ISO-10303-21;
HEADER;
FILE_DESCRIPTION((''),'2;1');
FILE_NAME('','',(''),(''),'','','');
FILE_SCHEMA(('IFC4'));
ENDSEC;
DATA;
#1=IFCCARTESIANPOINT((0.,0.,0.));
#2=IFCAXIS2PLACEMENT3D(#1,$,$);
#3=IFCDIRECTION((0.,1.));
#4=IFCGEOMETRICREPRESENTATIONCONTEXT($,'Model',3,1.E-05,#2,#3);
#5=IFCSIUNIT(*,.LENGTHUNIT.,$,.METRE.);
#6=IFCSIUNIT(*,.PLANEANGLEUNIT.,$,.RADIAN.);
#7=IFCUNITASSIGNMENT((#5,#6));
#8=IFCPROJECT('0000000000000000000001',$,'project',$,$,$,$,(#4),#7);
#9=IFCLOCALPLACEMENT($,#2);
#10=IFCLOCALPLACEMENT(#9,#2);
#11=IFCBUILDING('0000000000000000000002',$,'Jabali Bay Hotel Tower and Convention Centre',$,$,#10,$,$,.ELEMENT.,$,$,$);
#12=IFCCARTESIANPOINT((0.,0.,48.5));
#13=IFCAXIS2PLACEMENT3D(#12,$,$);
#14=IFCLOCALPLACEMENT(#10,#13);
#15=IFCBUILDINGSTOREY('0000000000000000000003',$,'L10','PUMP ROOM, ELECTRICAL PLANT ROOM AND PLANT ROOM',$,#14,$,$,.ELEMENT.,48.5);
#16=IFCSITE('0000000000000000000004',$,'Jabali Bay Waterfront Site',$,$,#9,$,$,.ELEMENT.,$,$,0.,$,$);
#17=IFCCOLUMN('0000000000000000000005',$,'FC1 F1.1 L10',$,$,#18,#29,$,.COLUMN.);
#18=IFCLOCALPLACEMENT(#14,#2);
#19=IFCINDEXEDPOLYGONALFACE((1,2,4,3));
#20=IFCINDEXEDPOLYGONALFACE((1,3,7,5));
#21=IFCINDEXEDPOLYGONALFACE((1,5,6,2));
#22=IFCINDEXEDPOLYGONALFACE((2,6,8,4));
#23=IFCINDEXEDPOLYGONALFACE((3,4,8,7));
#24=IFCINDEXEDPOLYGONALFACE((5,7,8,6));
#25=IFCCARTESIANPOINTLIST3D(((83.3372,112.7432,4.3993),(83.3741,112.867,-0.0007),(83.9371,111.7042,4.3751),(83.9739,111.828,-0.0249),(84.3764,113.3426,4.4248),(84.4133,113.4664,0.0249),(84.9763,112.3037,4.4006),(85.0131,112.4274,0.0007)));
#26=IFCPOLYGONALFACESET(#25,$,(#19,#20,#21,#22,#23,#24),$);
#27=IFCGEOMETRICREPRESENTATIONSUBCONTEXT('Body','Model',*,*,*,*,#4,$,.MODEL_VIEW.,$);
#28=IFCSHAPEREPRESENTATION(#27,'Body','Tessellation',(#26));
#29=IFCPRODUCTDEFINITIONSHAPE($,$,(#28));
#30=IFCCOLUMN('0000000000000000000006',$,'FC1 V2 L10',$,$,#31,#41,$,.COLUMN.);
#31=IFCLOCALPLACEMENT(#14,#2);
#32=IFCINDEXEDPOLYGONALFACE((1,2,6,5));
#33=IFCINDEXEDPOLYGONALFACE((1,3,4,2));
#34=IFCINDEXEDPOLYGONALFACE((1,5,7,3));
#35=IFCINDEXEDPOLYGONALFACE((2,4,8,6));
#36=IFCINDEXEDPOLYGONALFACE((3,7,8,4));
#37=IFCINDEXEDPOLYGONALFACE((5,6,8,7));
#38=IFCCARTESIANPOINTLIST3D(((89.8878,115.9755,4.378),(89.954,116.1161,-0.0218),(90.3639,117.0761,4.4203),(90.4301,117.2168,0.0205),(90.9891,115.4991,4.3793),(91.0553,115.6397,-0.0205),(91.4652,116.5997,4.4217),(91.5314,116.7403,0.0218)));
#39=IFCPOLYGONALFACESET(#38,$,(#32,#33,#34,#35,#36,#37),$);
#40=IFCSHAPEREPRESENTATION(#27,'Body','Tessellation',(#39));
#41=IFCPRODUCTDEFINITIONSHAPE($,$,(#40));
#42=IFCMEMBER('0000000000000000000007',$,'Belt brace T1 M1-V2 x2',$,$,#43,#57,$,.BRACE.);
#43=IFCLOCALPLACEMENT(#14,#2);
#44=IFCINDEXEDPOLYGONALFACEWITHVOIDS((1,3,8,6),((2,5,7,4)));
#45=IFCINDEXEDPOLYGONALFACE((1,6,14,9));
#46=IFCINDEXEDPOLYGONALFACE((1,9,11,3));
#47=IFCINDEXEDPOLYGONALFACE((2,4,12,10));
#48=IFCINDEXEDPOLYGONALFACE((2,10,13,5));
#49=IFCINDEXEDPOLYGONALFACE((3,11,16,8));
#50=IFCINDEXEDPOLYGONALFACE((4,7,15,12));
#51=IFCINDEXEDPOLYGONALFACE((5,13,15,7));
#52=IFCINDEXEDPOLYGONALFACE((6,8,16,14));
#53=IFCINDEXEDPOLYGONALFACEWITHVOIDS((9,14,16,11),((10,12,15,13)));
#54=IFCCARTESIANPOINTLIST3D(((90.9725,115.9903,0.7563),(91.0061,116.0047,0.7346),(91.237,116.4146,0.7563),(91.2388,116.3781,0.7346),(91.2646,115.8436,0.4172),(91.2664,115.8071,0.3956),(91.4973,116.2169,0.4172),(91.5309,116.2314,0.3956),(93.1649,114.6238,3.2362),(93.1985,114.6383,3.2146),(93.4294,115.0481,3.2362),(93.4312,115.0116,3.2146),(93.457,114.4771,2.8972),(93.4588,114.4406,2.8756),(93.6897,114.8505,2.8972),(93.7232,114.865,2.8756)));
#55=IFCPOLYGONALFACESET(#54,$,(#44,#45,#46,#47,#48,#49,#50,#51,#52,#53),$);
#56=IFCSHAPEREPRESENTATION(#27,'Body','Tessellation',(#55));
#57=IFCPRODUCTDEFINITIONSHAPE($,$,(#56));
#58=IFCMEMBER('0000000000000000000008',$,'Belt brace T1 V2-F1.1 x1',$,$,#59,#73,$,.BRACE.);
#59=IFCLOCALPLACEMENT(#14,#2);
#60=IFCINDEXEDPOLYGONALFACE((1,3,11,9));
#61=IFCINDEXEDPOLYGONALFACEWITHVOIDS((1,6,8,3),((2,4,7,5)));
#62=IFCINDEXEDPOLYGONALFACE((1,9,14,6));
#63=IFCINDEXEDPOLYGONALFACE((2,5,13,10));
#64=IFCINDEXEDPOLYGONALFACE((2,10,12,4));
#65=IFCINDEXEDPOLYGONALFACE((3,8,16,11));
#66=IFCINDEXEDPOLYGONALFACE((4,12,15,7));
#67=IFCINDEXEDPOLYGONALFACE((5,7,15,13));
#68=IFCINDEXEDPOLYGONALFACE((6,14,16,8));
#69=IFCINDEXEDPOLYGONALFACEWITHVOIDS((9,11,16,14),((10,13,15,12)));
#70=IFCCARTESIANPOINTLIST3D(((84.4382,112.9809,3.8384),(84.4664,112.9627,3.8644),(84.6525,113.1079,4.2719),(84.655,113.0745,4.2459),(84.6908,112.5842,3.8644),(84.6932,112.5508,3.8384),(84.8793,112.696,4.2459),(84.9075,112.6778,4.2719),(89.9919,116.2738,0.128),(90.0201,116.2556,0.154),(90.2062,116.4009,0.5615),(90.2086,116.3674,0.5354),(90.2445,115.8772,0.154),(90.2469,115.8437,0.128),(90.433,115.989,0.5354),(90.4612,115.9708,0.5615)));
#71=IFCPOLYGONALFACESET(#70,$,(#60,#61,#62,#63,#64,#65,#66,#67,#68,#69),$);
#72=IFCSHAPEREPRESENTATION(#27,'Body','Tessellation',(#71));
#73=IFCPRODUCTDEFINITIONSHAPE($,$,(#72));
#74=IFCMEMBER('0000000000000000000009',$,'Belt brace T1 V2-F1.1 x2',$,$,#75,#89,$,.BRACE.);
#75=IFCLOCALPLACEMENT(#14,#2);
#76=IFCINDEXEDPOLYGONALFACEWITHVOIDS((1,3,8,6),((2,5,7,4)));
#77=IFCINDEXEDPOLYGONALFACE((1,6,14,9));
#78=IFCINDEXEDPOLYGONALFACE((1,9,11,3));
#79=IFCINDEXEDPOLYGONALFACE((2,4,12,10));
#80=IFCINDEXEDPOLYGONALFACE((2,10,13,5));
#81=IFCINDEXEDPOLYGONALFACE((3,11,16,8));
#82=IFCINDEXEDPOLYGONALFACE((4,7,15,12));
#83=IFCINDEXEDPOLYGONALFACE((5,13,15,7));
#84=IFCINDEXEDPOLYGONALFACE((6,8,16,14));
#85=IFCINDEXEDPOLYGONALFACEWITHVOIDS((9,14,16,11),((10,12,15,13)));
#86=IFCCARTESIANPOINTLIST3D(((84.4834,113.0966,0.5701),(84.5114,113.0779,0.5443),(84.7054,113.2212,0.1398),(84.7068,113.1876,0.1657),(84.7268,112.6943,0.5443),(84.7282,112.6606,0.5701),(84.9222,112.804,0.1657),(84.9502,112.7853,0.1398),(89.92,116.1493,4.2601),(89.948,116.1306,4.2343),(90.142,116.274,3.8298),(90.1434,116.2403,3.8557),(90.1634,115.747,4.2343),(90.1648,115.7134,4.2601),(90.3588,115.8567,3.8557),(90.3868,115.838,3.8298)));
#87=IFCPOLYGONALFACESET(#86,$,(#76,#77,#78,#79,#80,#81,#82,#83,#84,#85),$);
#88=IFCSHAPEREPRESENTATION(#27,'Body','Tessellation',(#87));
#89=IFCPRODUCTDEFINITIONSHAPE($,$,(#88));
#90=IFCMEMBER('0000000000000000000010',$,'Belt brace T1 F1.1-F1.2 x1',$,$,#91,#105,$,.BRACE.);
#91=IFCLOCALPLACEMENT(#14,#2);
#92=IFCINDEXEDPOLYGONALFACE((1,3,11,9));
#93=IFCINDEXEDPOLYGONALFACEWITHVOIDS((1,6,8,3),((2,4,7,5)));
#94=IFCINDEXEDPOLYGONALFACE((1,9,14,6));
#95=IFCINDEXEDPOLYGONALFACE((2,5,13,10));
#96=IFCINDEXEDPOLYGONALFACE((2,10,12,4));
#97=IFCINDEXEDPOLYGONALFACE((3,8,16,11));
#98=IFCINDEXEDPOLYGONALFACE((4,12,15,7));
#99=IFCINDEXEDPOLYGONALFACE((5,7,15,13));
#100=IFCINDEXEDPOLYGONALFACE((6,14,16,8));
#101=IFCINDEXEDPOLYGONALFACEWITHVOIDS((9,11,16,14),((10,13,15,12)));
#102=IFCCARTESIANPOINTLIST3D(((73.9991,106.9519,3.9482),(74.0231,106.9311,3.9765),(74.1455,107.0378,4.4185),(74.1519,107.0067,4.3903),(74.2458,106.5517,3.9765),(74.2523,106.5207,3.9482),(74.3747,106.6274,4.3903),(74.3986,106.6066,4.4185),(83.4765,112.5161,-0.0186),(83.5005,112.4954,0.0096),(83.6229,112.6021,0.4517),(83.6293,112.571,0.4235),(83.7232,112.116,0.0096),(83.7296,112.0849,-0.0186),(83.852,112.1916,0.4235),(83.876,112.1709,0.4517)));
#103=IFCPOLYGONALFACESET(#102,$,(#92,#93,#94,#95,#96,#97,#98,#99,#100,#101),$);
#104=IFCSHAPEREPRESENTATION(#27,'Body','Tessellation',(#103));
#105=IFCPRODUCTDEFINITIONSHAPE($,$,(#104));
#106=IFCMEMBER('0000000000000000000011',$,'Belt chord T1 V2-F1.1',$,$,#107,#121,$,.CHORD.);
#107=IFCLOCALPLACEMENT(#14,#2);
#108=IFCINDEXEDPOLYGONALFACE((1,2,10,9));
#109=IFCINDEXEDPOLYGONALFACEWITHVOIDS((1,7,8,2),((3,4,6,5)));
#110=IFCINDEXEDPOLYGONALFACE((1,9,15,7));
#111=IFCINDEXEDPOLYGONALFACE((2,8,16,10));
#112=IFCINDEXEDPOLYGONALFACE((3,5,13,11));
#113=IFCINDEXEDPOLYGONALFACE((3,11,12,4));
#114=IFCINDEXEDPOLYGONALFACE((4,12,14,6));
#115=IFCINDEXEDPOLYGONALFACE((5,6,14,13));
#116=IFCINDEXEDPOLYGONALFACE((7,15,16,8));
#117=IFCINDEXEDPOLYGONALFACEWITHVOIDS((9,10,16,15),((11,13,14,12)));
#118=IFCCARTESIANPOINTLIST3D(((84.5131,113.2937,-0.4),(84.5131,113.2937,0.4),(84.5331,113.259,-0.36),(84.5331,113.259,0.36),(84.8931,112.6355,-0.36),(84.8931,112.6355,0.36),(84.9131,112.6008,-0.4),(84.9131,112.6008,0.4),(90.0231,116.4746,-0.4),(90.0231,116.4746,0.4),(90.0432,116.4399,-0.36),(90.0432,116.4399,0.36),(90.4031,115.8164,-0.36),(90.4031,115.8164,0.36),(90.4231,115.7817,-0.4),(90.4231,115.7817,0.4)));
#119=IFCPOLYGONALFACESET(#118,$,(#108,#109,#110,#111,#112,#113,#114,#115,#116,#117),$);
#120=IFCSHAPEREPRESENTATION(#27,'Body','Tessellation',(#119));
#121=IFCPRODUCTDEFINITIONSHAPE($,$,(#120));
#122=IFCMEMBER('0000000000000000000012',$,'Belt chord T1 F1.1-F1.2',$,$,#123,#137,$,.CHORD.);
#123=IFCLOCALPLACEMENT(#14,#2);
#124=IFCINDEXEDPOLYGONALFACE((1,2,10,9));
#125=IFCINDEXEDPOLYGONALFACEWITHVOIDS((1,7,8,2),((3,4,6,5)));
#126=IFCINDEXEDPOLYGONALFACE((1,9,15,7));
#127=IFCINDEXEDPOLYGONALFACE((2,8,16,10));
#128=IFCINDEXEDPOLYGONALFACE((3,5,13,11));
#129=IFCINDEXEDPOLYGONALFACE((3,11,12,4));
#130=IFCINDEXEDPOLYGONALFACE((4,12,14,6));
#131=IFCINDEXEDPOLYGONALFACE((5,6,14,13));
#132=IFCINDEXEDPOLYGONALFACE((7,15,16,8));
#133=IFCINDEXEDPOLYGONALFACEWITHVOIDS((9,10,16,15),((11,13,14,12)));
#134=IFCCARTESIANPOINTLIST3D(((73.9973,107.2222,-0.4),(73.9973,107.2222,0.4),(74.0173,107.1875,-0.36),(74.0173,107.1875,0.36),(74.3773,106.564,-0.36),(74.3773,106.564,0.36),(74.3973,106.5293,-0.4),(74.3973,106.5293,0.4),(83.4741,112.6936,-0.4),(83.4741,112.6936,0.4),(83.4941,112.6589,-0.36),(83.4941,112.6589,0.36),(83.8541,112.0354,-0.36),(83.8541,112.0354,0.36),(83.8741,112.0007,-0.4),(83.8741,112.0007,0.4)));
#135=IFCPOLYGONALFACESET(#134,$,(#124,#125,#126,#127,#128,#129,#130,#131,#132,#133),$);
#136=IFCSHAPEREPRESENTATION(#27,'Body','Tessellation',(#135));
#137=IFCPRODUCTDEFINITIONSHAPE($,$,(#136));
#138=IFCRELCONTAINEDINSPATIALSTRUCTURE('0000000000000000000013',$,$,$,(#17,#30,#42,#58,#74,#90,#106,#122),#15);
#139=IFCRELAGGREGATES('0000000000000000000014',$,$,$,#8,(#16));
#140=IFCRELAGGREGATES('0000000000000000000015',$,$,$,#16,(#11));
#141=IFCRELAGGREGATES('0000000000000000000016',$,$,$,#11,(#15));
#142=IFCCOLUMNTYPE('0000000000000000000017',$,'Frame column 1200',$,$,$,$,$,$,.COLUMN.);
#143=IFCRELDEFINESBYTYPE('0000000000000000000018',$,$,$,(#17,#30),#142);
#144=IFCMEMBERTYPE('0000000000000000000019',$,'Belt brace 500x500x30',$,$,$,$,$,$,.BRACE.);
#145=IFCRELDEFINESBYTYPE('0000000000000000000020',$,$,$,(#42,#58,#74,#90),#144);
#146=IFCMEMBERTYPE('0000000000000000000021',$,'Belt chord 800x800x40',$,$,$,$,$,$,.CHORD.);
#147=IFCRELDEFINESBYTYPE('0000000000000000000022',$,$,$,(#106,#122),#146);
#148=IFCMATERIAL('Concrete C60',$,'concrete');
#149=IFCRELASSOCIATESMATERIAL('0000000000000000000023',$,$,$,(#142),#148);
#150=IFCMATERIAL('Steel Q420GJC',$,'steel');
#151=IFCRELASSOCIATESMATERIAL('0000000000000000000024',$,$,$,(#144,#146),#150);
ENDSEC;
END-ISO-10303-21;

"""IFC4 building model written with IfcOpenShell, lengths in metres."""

from ifc_helpers import new_model, si_unit, direction, frame, origin, origin_2d, place, context, subcontext, project, spatial, rectangle, hollow_rectangle, extrude, material, material_profile, profile_set, type_object, element, save


model = new_model("IFC4")

# Units and contexts
model_context = context("Model", 3, precision=1e-05, world=origin(), true_north=direction((0.0, 1.0)))
body_context = subcontext(model_context, "Body", "Model", "MODEL_VIEW")
ifc_project = project(units=[si_unit("LENGTHUNIT", "METRE"), si_unit("PLANEANGLEUNIT", "RADIAN")], contexts=[model_context])

# Site, building, storey
site_placement = place(None, origin())
site = spatial("IfcSite", under=ifc_project, at=site_placement, Name="Jabali Bay Waterfront Site", CompositionType="ELEMENT", RefElevation=0.0)
building_placement = place(site_placement, origin())
building = spatial("IfcBuilding", under=site, at=building_placement, Name="Jabali Bay Hotel Tower and Convention Centre", CompositionType="ELEMENT")
storey_placement = place(building_placement, frame((0.0, 0.0, 48.5)))
storey = spatial("IfcBuildingStorey", under=building, at=storey_placement, Name="L10", Description="PUMP ROOM, ELECTRICAL PLANT ROOM AND PLANT ROOM", CompositionType="ELEMENT", Elevation=48.5)

# Columns
ifc_material_1 = material(Name="Concrete C60", Category="concrete")
ifc_material_profile_1 = material_profile(ifc_material_1, rectangle(XDim=1.2, YDim=1.2, at=origin_2d()), Name="Frame column 1200")
ifc_profile_set_1 = profile_set([ifc_material_profile_1], Name="Concrete C60")
column_type = type_object("IfcColumnType", Name="Frame column 1200", PredefinedType="COLUMN", material=ifc_profile_set_1)
column_1_placement = place(storey_placement, frame((84.1936, 112.6472, 0.0), z_axis=(-0.008375, -0.02812, 0.999569), x_axis=(0.866034, 0.49953, 0.021309)))
element("IfcColumn", 1, at=column_1_placement, inside=storey, type_object=column_type, Name="FC1 F1.1 L10", PredefinedType="COLUMN", context=body_context, shape_type="SweptSolid", body=[
    extrude(rectangle(XDim=1.2, YDim=1.2, at=origin_2d()), origin(), (0.0, 0.0, 1.0), 4.4019),
])
column_2_placement = place(storey_placement, frame((90.7427, 116.4282, 0.0), z_axis=(-0.015028, -0.031941, 0.999377), x_axis=(0.917789, -0.397067, 0.00111)))
element("IfcColumn", 2, at=column_2_placement, inside=storey, type_object=column_type, Name="FC1 V2 L10", PredefinedType="COLUMN", context=body_context, shape_type="SweptSolid", body=[
    extrude(rectangle(XDim=1.2, YDim=1.2, at=origin_2d()), origin(), (0.0, 0.0, 1.0), 4.4026),
])

# Members
ifc_material_2 = material(Name="Steel Q420GJC", Category="steel")
ifc_material_profile_2 = material_profile(ifc_material_2, hollow_rectangle(XDim=0.5, YDim=0.5, WallThickness=0.03, at=origin_2d()), Name="Belt brace 500x500x30")
ifc_profile_set_2 = profile_set([ifc_material_profile_2], Name="Steel Q420GJC")
member_type_1 = type_object("IfcMemberType", Name="Belt brace 500x500x30", PredefinedType="BRACE", material=ifc_profile_set_2)
member_1_placement = place(storey_placement, frame((91.2517, 116.1108, 0.5759), z_axis=(0.612215, -0.381578, 0.692525), x_axis=(0.528945, 0.848656, 0.0)))
element("IfcMember", 3, at=member_1_placement, inside=storey, type_object=member_type_1, Name="Belt brace T1 M1-V2 x2", PredefinedType="BRACE", context=body_context, shape_type="SweptSolid", body=[
    extrude(hollow_rectangle(XDim=0.5, YDim=0.5, WallThickness=0.03, at=origin_2d()), origin(), (0.0, 0.0, 1.0), 3.5811),
])
member_2_placement = place(storey_placement, frame((90.2266, 116.1223, 0.3447), z_axis=(-0.745785, -0.442199, 0.498261), x_axis=(0.510018, -0.860164, 0.0)))
element("IfcMember", 4, at=member_2_placement, inside=storey, type_object=member_type_1, Name="Belt brace T1 V2-F1.1 x1", PredefinedType="BRACE", context=body_context, shape_type="SweptSolid", body=[
    extrude(hollow_rectangle(XDim=0.5, YDim=0.5, WallThickness=0.03, at=origin_2d()), origin(), (0.0, 0.0, 1.0), 7.4468),
])
member_3_placement = place(storey_placement, frame((84.7168, 112.9409, 0.355), z_axis=(0.750378, 0.421355, 0.509306), x_axis=(-0.489614, 0.871939, 0.0)))
element("IfcMember", 5, at=member_3_placement, inside=storey, type_object=member_type_1, Name="Belt brace T1 V2-F1.1 x2", PredefinedType="BRACE", context=body_context, shape_type="SweptSolid", body=[
    extrude(hollow_rectangle(XDim=0.5, YDim=0.5, WallThickness=0.03, at=origin_2d()), origin(), (0.0, 0.0, 1.0), 7.2451),
])
member_4_placement = place(storey_placement, frame((83.6763, 112.3435, 0.2166), z_axis=(-0.811137, -0.476226, 0.339508), x_axis=(0.506299, -0.862358, 0.0)))
element("IfcMember", 6, at=member_4_placement, inside=storey, type_object=member_type_1, Name="Belt brace T1 F1.1-F1.2 x1", PredefinedType="BRACE", context=body_context, shape_type="SweptSolid", body=[
    extrude(hollow_rectangle(XDim=0.5, YDim=0.5, WallThickness=0.03, at=origin_2d()), origin(), (0.0, 0.0, 1.0), 11.6841),
])
ifc_material_profile_3 = material_profile(ifc_material_2, hollow_rectangle(XDim=0.8, YDim=0.8, WallThickness=0.04, at=origin_2d()), Name="Belt chord 800x800x40")
ifc_profile_set_3 = profile_set([ifc_material_profile_3], Name="Steel Q420GJC")
member_type_2 = type_object("IfcMemberType", Name="Belt chord 800x800x40", PredefinedType="CHORD", material=ifc_profile_set_3)
member_5_placement = place(storey_placement, frame((90.2231, 116.1282, 0.0), z_axis=(-0.866046, -0.499965, 0.0), x_axis=(0.499965, -0.866046, 0.0)))
element("IfcMember", 7, at=member_5_placement, inside=storey, type_object=member_type_2, Name="Belt chord T1 V2-F1.1", PredefinedType="CHORD", context=body_context, shape_type="SweptSolid", body=[
    extrude(hollow_rectangle(XDim=0.8, YDim=0.8, WallThickness=0.04, at=origin_2d()), origin(), (0.0, 0.0, 1.0), 6.3623),
])
member_6_placement = place(storey_placement, frame((83.6741, 112.3472, 0.0), z_axis=(-0.866025, -0.5, 0.0), x_axis=(0.5, -0.866025, 0.0)))
element("IfcMember", 8, at=member_6_placement, inside=storey, type_object=member_type_2, Name="Belt chord T1 F1.1-F1.2", PredefinedType="CHORD", context=body_context, shape_type="SweptSolid", body=[
    extrude(hollow_rectangle(XDim=0.8, YDim=0.8, WallThickness=0.04, at=origin_2d()), origin(), (0.0, 0.0, 1.0), 10.9429),
])

save(model, "model.ifc")
